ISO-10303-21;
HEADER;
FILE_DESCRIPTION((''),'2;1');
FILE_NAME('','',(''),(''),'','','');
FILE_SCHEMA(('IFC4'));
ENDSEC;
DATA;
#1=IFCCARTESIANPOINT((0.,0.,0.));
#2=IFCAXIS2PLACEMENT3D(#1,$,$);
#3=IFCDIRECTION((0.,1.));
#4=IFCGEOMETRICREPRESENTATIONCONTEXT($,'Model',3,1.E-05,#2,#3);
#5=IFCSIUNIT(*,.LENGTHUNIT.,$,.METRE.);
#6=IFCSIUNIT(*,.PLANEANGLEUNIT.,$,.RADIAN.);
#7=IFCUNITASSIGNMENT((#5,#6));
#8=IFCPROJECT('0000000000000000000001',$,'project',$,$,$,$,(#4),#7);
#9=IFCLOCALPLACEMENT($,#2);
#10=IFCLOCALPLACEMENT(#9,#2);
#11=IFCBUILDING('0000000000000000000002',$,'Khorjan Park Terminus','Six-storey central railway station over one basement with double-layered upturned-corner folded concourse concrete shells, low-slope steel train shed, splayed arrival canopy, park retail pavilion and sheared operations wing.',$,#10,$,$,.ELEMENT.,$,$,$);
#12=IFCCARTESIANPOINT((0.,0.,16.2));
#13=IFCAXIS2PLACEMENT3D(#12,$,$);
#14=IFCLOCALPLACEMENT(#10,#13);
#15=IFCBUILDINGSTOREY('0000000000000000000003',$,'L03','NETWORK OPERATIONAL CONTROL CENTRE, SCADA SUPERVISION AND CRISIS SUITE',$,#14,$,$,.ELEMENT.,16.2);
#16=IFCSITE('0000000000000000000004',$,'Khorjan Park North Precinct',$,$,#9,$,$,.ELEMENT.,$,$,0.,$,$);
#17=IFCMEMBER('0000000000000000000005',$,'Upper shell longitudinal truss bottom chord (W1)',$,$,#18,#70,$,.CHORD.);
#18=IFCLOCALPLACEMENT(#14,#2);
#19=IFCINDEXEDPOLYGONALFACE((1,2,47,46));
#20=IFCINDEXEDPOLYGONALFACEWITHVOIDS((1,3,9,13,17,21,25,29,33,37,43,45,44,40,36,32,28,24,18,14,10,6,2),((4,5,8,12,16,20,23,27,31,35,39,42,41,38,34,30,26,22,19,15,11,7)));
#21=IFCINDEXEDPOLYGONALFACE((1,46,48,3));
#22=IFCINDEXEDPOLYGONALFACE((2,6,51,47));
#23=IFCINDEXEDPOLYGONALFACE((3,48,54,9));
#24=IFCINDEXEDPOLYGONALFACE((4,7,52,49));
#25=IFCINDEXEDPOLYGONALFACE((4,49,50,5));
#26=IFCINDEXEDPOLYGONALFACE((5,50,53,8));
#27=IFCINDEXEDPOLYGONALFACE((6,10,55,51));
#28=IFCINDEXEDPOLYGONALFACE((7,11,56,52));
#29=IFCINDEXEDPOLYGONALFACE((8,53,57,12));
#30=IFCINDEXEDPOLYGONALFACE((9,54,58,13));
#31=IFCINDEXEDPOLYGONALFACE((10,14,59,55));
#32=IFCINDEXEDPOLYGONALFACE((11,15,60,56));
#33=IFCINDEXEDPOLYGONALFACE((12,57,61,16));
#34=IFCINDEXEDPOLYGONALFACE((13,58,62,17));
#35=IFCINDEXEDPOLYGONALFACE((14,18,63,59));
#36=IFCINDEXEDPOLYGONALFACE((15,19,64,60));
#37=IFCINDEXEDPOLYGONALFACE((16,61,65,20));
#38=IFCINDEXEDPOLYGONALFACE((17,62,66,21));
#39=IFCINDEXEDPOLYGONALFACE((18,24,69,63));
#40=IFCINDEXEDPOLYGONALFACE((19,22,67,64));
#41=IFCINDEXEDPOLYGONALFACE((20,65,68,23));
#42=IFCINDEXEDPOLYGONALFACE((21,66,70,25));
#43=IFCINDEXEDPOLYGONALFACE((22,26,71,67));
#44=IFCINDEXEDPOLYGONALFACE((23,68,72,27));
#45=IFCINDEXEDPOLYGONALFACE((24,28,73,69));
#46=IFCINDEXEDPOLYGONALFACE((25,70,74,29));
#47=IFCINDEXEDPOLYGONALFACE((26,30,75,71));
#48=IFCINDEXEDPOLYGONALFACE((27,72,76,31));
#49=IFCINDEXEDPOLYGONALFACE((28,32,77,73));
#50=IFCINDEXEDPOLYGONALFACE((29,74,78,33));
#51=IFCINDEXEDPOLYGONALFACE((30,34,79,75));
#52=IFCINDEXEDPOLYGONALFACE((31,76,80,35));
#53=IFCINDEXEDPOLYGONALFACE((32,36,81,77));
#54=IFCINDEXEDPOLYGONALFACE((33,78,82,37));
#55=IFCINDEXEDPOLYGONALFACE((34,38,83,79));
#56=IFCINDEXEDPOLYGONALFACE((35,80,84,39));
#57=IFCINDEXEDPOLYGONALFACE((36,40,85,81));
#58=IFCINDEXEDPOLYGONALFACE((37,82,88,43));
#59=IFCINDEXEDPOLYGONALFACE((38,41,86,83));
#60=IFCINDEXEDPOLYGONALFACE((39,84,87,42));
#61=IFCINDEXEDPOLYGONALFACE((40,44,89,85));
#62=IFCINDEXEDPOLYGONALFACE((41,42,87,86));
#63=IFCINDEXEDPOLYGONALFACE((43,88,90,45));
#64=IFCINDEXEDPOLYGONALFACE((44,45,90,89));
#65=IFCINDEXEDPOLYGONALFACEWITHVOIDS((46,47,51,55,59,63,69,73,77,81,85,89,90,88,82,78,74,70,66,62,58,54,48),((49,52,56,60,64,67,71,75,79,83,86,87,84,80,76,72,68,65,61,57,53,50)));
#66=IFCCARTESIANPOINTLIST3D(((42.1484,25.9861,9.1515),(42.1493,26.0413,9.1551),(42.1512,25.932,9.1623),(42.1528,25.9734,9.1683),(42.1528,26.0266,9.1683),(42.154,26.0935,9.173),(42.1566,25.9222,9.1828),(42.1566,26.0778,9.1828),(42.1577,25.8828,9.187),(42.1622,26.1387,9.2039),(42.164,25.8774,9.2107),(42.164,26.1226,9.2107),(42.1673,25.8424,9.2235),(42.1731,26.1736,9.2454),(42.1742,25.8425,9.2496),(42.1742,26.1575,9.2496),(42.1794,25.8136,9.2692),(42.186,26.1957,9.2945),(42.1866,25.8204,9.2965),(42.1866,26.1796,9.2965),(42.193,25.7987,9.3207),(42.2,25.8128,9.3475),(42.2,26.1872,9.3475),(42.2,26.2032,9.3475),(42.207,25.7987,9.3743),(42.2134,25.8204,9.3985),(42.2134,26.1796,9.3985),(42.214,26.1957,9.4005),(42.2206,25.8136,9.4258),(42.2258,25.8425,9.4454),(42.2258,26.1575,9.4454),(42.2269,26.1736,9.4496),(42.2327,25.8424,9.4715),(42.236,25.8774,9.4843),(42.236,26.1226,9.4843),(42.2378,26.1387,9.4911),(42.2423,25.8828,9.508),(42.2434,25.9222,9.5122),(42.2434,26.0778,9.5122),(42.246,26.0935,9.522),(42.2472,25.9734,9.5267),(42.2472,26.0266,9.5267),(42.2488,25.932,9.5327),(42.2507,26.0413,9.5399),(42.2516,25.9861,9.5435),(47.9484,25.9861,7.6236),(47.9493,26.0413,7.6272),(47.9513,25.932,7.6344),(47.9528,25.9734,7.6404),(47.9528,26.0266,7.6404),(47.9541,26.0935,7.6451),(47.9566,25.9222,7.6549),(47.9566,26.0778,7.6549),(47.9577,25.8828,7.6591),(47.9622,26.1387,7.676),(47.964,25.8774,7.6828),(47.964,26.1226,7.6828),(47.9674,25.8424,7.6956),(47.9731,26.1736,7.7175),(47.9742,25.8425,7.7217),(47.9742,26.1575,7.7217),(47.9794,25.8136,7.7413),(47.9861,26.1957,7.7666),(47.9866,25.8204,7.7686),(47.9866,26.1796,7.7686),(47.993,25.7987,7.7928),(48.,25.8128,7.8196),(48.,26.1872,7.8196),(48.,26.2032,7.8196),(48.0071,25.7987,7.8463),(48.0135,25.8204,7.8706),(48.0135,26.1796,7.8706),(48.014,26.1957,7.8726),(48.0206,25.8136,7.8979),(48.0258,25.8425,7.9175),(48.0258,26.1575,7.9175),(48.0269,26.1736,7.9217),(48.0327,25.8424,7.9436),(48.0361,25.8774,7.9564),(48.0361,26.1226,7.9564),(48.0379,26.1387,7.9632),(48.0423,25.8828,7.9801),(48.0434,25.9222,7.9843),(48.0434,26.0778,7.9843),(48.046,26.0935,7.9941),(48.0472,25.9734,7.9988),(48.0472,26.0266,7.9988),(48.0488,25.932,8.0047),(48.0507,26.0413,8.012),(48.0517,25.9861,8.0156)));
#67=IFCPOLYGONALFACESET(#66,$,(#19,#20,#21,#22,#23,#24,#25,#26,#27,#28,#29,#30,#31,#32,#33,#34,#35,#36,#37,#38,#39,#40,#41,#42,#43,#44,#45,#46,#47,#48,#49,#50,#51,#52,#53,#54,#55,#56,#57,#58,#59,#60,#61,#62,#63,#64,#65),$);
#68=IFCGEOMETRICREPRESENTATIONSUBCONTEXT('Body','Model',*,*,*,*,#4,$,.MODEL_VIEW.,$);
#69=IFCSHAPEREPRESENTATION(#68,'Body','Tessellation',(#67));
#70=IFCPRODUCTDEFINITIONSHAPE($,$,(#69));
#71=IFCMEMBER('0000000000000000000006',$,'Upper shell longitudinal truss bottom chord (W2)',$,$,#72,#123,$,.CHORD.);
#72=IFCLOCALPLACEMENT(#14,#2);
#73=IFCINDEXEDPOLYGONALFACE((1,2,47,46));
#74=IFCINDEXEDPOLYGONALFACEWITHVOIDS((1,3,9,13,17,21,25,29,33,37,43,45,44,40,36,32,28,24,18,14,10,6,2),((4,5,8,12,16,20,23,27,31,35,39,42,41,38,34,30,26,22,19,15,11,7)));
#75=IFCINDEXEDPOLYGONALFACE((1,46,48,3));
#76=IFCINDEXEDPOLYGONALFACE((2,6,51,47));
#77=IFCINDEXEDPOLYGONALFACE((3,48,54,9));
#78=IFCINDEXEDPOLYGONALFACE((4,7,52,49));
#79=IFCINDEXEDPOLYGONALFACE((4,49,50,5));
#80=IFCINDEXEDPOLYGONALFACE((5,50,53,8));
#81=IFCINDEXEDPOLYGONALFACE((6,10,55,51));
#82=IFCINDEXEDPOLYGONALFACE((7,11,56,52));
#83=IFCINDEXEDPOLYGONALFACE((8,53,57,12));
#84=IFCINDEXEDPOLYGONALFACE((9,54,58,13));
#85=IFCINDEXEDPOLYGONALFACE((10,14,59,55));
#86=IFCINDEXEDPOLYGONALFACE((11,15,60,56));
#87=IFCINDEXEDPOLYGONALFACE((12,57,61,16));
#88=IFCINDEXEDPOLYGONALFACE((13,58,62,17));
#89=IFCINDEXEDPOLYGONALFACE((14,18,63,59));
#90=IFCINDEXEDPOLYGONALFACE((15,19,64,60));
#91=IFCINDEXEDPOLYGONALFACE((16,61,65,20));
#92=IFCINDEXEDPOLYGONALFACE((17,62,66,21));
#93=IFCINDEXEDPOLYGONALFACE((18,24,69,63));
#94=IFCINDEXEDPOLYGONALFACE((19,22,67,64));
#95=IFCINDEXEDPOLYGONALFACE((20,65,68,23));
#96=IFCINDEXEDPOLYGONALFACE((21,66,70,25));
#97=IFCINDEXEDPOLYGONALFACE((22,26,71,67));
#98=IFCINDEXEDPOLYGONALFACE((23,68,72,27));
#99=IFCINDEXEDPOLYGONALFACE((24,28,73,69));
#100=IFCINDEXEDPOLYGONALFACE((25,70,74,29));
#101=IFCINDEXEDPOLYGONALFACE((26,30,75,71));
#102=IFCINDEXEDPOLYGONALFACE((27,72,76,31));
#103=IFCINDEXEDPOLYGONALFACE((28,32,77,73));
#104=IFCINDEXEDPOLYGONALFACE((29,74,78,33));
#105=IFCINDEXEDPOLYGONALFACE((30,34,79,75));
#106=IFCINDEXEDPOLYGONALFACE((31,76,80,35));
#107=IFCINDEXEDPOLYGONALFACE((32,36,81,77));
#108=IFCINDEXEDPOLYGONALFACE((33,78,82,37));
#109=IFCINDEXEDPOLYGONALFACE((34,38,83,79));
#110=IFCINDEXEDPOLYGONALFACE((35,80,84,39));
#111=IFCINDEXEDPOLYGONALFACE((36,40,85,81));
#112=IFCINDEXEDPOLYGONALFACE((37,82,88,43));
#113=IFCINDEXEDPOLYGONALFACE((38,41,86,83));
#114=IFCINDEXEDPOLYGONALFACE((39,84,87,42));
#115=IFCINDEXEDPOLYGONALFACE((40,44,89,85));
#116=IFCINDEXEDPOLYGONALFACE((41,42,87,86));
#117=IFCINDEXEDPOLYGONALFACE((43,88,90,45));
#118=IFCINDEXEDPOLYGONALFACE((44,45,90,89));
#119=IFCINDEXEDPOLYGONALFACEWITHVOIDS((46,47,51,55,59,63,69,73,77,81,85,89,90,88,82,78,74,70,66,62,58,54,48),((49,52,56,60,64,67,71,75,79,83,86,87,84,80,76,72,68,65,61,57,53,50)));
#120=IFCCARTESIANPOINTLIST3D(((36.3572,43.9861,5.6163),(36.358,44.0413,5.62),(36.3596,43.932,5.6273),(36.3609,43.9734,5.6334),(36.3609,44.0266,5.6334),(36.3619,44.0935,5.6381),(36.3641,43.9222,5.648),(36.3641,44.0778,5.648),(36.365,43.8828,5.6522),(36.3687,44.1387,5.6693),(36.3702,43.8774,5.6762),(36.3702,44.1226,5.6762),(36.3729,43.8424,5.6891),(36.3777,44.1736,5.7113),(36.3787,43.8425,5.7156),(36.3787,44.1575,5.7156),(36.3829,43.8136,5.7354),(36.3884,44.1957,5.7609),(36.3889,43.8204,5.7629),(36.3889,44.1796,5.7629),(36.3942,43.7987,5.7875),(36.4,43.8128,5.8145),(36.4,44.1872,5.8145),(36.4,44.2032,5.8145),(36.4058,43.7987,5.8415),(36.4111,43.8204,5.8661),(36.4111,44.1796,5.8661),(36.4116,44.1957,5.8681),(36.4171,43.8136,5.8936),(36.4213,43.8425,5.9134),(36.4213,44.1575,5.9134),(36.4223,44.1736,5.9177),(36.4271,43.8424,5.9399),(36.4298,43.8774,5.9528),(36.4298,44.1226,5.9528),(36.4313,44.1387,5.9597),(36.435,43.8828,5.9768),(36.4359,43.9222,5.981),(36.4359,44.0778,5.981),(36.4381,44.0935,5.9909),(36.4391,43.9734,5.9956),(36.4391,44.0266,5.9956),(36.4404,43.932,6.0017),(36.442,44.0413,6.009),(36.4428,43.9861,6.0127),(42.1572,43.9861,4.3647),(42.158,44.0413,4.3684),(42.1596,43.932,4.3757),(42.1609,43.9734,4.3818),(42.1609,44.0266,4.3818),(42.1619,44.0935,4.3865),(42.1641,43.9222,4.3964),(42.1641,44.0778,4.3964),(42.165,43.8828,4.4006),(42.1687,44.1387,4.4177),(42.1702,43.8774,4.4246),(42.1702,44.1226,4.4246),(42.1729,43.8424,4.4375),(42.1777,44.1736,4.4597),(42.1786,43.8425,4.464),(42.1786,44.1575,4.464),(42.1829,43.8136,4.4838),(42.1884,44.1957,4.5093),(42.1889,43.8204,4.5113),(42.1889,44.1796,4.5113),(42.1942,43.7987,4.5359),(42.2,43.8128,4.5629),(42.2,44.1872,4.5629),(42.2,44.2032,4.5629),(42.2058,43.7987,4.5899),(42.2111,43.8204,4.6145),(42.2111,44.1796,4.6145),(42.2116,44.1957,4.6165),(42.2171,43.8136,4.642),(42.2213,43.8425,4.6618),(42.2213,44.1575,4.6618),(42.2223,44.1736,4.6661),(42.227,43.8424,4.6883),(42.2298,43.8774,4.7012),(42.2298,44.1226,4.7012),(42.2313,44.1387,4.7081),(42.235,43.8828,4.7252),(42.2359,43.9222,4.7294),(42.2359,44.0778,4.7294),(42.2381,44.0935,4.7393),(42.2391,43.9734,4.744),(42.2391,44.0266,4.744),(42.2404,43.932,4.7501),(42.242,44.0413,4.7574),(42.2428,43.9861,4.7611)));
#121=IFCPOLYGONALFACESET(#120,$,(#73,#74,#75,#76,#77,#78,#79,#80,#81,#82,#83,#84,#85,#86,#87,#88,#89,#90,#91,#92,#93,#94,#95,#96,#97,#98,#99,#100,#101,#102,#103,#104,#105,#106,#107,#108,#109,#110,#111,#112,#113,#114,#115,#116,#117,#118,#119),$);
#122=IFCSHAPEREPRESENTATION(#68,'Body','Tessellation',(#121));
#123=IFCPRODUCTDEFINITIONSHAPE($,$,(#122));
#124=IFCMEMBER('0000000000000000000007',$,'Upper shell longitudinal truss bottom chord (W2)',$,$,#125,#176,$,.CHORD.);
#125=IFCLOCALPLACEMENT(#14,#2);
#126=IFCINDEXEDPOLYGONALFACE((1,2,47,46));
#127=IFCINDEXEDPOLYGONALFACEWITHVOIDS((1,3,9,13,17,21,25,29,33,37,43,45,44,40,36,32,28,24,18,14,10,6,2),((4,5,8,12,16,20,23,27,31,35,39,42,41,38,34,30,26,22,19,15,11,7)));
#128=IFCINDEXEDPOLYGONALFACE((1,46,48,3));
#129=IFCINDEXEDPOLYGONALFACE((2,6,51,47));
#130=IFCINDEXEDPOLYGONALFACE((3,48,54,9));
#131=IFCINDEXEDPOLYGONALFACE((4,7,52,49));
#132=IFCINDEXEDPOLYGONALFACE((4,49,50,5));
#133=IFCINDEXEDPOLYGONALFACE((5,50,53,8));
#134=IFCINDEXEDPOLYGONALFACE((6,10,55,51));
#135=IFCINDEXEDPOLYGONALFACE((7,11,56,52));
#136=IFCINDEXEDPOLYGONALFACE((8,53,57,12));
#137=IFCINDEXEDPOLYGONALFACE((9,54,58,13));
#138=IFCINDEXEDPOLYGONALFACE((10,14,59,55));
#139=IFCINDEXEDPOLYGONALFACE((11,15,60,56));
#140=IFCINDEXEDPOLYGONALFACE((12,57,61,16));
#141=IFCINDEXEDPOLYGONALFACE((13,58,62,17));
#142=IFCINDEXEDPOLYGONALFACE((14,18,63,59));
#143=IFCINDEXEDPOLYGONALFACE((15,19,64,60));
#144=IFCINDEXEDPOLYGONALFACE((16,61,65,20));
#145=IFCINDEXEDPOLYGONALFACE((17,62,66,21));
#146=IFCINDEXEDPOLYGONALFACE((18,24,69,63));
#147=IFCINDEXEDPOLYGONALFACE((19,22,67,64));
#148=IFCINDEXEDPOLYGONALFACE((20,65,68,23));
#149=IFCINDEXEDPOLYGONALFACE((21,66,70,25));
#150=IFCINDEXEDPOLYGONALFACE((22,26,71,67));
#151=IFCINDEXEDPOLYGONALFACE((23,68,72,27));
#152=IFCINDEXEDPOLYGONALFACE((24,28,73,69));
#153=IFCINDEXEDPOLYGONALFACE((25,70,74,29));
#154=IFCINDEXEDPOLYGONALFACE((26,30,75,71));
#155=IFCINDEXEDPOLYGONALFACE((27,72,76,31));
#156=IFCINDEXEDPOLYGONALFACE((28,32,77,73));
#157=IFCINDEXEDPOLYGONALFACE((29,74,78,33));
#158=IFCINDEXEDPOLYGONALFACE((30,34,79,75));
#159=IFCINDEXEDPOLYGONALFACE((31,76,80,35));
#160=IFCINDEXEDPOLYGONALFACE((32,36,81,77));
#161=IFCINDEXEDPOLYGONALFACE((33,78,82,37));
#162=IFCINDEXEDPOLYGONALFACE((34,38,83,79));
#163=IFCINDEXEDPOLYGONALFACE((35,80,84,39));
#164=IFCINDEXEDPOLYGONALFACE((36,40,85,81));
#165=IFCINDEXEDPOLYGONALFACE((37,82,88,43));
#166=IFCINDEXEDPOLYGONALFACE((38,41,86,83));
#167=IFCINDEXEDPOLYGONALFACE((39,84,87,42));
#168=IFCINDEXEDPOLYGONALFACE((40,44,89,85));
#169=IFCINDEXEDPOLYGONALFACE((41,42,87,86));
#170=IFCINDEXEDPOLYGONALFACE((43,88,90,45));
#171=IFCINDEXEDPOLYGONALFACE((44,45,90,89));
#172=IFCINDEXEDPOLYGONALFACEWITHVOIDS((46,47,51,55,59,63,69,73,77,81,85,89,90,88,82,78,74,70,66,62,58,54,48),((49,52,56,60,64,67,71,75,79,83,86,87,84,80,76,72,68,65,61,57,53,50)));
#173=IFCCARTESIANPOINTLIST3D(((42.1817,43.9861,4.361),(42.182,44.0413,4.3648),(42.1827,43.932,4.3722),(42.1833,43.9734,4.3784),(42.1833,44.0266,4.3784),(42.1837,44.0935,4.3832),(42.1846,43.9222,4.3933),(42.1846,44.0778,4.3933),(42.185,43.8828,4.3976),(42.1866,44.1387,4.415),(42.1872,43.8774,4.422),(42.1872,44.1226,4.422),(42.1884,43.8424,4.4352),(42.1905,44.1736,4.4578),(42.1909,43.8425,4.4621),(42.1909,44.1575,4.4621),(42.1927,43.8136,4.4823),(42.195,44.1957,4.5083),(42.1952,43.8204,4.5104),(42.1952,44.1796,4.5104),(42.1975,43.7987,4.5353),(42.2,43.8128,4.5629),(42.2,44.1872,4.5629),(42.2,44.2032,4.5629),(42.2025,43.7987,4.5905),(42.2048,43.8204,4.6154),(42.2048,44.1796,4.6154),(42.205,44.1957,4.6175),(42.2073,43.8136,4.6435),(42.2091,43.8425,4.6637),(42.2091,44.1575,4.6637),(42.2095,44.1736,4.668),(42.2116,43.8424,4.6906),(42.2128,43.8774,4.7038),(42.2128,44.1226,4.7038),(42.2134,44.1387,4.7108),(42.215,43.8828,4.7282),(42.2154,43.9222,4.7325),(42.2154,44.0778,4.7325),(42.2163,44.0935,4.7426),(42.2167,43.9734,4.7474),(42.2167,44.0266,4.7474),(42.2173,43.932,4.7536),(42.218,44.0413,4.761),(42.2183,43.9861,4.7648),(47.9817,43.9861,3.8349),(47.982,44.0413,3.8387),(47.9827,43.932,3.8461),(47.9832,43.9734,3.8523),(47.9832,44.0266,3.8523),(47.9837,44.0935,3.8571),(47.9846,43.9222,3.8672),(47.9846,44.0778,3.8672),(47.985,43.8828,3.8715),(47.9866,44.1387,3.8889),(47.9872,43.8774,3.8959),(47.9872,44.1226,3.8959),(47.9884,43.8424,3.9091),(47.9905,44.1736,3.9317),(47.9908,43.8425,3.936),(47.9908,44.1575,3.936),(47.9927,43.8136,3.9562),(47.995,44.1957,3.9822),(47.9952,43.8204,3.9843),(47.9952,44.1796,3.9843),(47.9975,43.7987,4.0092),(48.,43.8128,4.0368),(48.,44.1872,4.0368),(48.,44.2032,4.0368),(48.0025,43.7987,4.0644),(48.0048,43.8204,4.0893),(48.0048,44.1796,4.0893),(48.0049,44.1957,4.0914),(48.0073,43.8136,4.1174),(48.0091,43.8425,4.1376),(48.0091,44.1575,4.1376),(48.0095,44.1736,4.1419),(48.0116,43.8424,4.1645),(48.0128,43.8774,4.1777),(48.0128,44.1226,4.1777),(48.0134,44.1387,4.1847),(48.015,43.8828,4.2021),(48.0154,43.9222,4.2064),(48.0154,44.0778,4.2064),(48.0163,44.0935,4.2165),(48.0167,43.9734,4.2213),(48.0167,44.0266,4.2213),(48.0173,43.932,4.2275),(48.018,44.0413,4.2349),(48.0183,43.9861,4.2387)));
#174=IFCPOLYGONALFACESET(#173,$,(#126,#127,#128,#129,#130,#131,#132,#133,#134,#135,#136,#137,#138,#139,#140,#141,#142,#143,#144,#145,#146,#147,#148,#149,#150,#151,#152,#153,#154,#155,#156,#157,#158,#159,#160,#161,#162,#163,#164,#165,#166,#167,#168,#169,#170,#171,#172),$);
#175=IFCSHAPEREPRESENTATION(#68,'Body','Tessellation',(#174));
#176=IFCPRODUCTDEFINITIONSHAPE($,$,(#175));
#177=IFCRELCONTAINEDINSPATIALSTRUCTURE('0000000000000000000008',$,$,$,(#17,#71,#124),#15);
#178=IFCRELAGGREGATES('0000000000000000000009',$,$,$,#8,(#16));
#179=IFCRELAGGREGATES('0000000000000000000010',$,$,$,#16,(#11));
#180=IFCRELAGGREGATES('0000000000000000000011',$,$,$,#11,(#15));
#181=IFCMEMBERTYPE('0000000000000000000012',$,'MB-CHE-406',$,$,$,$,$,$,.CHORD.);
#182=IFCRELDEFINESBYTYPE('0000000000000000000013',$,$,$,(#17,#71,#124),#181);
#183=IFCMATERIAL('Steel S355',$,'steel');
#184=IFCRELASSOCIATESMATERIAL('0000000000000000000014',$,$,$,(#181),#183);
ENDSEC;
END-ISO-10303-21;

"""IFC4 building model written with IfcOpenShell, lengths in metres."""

from ifc_helpers import new_model, si_unit, direction, frame, origin, origin_2d, place, context, subcontext, project, spatial, hollow_circle, extrude, material, material_profile, profile_set, type_object, element, save


model = new_model("IFC4")

# Units and contexts
model_context = context("Model", 3, precision=1e-05, world=origin(), true_north=direction((0.0, 1.0)))
body_context = subcontext(model_context, "Body", "Model", "MODEL_VIEW")
ifc_project = project(units=[si_unit("LENGTHUNIT", "METRE"), si_unit("PLANEANGLEUNIT", "RADIAN")], contexts=[model_context])

# Site, building, storey
site_placement = place(None, origin())
site = spatial("IfcSite", under=ifc_project, at=site_placement, Name="Khorjan Park North Precinct", CompositionType="ELEMENT", RefElevation=0.0)
building_placement = place(site_placement, origin())
building = spatial("IfcBuilding", under=site, at=building_placement, Name="Khorjan Park Terminus", Description="Six-storey central railway station over one basement with double-layered upturned-corner folded concourse concrete shells, low-slope steel train shed, splayed arrival canopy, park retail pavilion and sheared operations wing.", CompositionType="ELEMENT")
storey_placement = place(building_placement, frame((0.0, 0.0, 16.2)))
storey = spatial("IfcBuildingStorey", under=building, at=storey_placement, Name="L03", Description="NETWORK OPERATIONAL CONTROL CENTRE, SCADA SUPERVISION AND CRISIS SUITE", CompositionType="ELEMENT", Elevation=16.2)

# Members
ifc_material = material(Name="Steel S355", Category="steel")
ifc_material_profile_1 = material_profile(ifc_material, hollow_circle(Radius=0.2032, WallThickness=0.016, at=origin_2d()), Name="CHS 406.4x16")
ifc_profile_set_1 = profile_set([ifc_material_profile_1], Name="Steel S355")
member_type_1 = type_object("IfcMemberType", Name="MB-CHE-406", PredefinedType="CHORD", material=ifc_profile_set_1)
member_1_placement = place(storey_placement, frame((42.2, 26.0, 9.3475), z_axis=(0.967009, 0.0, -0.25474), x_axis=(0.0, 1.0, 0.0)))
element("IfcMember", 1, at=member_1_placement, inside=storey, type_object=member_type_1, Name="Upper shell longitudinal truss bottom chord (W1)", PredefinedType="CHORD", context=body_context, shape_type="SweptSolid", body=[
    extrude(hollow_circle(Radius=0.2032, WallThickness=0.016, at=origin_2d()), origin(), (0.0, 0.0, 1.0), 5.9979),
])
member_2_placement = place(storey_placement, frame((36.4, 44.0, 5.8145), z_axis=(0.9775, 0.0, -0.210938), x_axis=(0.0, 1.0, 0.0)))
element("IfcMember", 2, at=member_2_placement, inside=storey, type_object=member_type_1, Name="Upper shell longitudinal truss bottom chord (W2)", PredefinedType="CHORD", context=body_context, shape_type="SweptSolid", body=[
    extrude(hollow_circle(Radius=0.2032, WallThickness=0.016, at=origin_2d()), origin(), (0.0, 0.0, 1.0), 5.9335),
])
member_3_placement = place(storey_placement, frame((42.2, 44.0, 4.5629), z_axis=(0.995911, 0.0, -0.090336), x_axis=(0.0, 1.0, 0.0)))
element("IfcMember", 3, at=member_3_placement, inside=storey, type_object=member_type_1, Name="Upper shell longitudinal truss bottom chord (W2)", PredefinedType="CHORD", context=body_context, shape_type="SweptSolid", body=[
    extrude(hollow_circle(Radius=0.2032, WallThickness=0.016, at=origin_2d()), origin(), (0.0, 0.0, 1.0), 5.8238),
])

save(model, "model.ifc")
